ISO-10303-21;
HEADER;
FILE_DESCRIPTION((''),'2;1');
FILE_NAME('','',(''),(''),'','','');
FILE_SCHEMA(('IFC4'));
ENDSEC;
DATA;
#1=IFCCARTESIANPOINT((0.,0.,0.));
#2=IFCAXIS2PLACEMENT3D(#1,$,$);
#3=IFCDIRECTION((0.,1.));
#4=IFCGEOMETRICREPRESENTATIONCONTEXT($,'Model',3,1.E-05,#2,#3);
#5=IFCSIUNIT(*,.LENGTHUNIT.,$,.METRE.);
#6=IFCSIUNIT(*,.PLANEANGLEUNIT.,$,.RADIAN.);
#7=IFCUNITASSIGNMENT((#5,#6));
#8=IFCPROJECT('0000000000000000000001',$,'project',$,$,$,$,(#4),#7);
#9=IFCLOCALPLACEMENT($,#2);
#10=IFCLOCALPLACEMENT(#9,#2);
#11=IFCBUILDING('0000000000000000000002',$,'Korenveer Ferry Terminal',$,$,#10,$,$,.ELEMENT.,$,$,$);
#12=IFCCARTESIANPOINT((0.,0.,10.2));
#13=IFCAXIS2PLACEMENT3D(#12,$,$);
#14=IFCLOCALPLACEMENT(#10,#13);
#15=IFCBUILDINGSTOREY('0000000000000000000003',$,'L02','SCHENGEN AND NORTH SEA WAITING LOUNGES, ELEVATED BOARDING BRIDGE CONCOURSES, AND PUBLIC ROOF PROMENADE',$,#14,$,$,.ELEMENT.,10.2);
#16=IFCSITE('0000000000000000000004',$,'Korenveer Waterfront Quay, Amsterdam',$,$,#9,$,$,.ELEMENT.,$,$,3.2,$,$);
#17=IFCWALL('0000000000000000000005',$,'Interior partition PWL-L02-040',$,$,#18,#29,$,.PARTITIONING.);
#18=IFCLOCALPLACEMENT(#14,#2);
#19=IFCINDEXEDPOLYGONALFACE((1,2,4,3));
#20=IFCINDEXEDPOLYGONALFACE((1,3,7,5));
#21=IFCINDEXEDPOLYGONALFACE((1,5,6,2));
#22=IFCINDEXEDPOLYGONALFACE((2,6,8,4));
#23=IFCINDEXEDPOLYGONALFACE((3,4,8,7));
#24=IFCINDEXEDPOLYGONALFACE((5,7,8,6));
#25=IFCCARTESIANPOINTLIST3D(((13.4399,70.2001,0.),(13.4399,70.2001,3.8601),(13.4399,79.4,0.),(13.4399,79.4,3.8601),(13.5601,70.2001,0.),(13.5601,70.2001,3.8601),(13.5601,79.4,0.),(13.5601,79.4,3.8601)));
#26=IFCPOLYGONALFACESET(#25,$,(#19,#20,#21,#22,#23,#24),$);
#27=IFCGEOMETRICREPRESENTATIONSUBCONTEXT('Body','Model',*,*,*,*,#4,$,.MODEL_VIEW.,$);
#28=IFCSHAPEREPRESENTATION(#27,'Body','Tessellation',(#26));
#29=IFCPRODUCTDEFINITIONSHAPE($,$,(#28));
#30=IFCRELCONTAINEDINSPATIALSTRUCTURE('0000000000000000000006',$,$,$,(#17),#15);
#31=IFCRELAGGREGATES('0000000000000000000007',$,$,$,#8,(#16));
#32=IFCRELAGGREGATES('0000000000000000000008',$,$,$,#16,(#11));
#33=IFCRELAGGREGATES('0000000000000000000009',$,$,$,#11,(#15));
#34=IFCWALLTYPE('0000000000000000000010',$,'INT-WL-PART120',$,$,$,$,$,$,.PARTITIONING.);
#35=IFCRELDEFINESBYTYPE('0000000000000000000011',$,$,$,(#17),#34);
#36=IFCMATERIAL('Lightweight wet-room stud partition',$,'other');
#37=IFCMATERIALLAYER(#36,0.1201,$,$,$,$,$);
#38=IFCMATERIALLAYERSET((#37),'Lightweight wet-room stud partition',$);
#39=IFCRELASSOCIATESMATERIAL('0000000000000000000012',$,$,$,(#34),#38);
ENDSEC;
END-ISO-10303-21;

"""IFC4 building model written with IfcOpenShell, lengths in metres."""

from ifc_helpers import new_model, si_unit, direction, frame, frame_2d, origin, place, context, subcontext, project, spatial, rectangle, extrude, material, layer, layer_set, type_object, element, save


model = new_model("IFC4")

# Units and contexts
model_context = context("Model", 3, precision=1e-05, world=origin(), true_north=direction((0.0, 1.0)))
body_context = subcontext(model_context, "Body", "Model", "MODEL_VIEW")
ifc_project = project(units=[si_unit("LENGTHUNIT", "METRE"), si_unit("PLANEANGLEUNIT", "RADIAN")], contexts=[model_context])

# Site, building, storey
site_placement = place(None, origin())
site = spatial("IfcSite", under=ifc_project, at=site_placement, Name="Korenveer Waterfront Quay, Amsterdam", CompositionType="ELEMENT", RefElevation=3.2)
building_placement = place(site_placement, origin())
building = spatial("IfcBuilding", under=site, at=building_placement, Name="Korenveer Ferry Terminal", CompositionType="ELEMENT")
storey_placement = place(building_placement, frame((0.0, 0.0, 10.2)))
storey = spatial("IfcBuildingStorey", under=building, at=storey_placement, Name="L02", Description="SCHENGEN AND NORTH SEA WAITING LOUNGES, ELEVATED BOARDING BRIDGE CONCOURSES, AND PUBLIC ROOF PROMENADE", CompositionType="ELEMENT", Elevation=10.2)

# Wall
ifc_material_1 = material(Name="Lightweight wet-room stud partition", Category="other")
ifc_layer_1 = layer(ifc_material_1, 0.1201)
ifc_layer_set_1 = layer_set([ifc_layer_1], Name="Lightweight wet-room stud partition")
wall_type_1 = type_object("IfcWallType", Name="INT-WL-PART120", PredefinedType="PARTITIONING", material=ifc_layer_set_1)
wall_1_placement = place(storey_placement, frame((13.5, 70.2, 0.0), z_axis=(0.0, 0.0, 1.0), x_axis=(0.0, 1.0, 0.0)))
element("IfcWall", 1, at=wall_1_placement, inside=storey, type_object=wall_type_1, Name="Interior partition PWL-L02-040", PredefinedType="PARTITIONING", context=body_context, shape_type="SweptSolid", body=[
    extrude(rectangle(XDim=9.2, YDim=0.1201, at=frame_2d((4.6001, 0.0))), origin(), (0.0, 0.0, 1.0), 3.8601),
])

save(model, "model.ifc")
